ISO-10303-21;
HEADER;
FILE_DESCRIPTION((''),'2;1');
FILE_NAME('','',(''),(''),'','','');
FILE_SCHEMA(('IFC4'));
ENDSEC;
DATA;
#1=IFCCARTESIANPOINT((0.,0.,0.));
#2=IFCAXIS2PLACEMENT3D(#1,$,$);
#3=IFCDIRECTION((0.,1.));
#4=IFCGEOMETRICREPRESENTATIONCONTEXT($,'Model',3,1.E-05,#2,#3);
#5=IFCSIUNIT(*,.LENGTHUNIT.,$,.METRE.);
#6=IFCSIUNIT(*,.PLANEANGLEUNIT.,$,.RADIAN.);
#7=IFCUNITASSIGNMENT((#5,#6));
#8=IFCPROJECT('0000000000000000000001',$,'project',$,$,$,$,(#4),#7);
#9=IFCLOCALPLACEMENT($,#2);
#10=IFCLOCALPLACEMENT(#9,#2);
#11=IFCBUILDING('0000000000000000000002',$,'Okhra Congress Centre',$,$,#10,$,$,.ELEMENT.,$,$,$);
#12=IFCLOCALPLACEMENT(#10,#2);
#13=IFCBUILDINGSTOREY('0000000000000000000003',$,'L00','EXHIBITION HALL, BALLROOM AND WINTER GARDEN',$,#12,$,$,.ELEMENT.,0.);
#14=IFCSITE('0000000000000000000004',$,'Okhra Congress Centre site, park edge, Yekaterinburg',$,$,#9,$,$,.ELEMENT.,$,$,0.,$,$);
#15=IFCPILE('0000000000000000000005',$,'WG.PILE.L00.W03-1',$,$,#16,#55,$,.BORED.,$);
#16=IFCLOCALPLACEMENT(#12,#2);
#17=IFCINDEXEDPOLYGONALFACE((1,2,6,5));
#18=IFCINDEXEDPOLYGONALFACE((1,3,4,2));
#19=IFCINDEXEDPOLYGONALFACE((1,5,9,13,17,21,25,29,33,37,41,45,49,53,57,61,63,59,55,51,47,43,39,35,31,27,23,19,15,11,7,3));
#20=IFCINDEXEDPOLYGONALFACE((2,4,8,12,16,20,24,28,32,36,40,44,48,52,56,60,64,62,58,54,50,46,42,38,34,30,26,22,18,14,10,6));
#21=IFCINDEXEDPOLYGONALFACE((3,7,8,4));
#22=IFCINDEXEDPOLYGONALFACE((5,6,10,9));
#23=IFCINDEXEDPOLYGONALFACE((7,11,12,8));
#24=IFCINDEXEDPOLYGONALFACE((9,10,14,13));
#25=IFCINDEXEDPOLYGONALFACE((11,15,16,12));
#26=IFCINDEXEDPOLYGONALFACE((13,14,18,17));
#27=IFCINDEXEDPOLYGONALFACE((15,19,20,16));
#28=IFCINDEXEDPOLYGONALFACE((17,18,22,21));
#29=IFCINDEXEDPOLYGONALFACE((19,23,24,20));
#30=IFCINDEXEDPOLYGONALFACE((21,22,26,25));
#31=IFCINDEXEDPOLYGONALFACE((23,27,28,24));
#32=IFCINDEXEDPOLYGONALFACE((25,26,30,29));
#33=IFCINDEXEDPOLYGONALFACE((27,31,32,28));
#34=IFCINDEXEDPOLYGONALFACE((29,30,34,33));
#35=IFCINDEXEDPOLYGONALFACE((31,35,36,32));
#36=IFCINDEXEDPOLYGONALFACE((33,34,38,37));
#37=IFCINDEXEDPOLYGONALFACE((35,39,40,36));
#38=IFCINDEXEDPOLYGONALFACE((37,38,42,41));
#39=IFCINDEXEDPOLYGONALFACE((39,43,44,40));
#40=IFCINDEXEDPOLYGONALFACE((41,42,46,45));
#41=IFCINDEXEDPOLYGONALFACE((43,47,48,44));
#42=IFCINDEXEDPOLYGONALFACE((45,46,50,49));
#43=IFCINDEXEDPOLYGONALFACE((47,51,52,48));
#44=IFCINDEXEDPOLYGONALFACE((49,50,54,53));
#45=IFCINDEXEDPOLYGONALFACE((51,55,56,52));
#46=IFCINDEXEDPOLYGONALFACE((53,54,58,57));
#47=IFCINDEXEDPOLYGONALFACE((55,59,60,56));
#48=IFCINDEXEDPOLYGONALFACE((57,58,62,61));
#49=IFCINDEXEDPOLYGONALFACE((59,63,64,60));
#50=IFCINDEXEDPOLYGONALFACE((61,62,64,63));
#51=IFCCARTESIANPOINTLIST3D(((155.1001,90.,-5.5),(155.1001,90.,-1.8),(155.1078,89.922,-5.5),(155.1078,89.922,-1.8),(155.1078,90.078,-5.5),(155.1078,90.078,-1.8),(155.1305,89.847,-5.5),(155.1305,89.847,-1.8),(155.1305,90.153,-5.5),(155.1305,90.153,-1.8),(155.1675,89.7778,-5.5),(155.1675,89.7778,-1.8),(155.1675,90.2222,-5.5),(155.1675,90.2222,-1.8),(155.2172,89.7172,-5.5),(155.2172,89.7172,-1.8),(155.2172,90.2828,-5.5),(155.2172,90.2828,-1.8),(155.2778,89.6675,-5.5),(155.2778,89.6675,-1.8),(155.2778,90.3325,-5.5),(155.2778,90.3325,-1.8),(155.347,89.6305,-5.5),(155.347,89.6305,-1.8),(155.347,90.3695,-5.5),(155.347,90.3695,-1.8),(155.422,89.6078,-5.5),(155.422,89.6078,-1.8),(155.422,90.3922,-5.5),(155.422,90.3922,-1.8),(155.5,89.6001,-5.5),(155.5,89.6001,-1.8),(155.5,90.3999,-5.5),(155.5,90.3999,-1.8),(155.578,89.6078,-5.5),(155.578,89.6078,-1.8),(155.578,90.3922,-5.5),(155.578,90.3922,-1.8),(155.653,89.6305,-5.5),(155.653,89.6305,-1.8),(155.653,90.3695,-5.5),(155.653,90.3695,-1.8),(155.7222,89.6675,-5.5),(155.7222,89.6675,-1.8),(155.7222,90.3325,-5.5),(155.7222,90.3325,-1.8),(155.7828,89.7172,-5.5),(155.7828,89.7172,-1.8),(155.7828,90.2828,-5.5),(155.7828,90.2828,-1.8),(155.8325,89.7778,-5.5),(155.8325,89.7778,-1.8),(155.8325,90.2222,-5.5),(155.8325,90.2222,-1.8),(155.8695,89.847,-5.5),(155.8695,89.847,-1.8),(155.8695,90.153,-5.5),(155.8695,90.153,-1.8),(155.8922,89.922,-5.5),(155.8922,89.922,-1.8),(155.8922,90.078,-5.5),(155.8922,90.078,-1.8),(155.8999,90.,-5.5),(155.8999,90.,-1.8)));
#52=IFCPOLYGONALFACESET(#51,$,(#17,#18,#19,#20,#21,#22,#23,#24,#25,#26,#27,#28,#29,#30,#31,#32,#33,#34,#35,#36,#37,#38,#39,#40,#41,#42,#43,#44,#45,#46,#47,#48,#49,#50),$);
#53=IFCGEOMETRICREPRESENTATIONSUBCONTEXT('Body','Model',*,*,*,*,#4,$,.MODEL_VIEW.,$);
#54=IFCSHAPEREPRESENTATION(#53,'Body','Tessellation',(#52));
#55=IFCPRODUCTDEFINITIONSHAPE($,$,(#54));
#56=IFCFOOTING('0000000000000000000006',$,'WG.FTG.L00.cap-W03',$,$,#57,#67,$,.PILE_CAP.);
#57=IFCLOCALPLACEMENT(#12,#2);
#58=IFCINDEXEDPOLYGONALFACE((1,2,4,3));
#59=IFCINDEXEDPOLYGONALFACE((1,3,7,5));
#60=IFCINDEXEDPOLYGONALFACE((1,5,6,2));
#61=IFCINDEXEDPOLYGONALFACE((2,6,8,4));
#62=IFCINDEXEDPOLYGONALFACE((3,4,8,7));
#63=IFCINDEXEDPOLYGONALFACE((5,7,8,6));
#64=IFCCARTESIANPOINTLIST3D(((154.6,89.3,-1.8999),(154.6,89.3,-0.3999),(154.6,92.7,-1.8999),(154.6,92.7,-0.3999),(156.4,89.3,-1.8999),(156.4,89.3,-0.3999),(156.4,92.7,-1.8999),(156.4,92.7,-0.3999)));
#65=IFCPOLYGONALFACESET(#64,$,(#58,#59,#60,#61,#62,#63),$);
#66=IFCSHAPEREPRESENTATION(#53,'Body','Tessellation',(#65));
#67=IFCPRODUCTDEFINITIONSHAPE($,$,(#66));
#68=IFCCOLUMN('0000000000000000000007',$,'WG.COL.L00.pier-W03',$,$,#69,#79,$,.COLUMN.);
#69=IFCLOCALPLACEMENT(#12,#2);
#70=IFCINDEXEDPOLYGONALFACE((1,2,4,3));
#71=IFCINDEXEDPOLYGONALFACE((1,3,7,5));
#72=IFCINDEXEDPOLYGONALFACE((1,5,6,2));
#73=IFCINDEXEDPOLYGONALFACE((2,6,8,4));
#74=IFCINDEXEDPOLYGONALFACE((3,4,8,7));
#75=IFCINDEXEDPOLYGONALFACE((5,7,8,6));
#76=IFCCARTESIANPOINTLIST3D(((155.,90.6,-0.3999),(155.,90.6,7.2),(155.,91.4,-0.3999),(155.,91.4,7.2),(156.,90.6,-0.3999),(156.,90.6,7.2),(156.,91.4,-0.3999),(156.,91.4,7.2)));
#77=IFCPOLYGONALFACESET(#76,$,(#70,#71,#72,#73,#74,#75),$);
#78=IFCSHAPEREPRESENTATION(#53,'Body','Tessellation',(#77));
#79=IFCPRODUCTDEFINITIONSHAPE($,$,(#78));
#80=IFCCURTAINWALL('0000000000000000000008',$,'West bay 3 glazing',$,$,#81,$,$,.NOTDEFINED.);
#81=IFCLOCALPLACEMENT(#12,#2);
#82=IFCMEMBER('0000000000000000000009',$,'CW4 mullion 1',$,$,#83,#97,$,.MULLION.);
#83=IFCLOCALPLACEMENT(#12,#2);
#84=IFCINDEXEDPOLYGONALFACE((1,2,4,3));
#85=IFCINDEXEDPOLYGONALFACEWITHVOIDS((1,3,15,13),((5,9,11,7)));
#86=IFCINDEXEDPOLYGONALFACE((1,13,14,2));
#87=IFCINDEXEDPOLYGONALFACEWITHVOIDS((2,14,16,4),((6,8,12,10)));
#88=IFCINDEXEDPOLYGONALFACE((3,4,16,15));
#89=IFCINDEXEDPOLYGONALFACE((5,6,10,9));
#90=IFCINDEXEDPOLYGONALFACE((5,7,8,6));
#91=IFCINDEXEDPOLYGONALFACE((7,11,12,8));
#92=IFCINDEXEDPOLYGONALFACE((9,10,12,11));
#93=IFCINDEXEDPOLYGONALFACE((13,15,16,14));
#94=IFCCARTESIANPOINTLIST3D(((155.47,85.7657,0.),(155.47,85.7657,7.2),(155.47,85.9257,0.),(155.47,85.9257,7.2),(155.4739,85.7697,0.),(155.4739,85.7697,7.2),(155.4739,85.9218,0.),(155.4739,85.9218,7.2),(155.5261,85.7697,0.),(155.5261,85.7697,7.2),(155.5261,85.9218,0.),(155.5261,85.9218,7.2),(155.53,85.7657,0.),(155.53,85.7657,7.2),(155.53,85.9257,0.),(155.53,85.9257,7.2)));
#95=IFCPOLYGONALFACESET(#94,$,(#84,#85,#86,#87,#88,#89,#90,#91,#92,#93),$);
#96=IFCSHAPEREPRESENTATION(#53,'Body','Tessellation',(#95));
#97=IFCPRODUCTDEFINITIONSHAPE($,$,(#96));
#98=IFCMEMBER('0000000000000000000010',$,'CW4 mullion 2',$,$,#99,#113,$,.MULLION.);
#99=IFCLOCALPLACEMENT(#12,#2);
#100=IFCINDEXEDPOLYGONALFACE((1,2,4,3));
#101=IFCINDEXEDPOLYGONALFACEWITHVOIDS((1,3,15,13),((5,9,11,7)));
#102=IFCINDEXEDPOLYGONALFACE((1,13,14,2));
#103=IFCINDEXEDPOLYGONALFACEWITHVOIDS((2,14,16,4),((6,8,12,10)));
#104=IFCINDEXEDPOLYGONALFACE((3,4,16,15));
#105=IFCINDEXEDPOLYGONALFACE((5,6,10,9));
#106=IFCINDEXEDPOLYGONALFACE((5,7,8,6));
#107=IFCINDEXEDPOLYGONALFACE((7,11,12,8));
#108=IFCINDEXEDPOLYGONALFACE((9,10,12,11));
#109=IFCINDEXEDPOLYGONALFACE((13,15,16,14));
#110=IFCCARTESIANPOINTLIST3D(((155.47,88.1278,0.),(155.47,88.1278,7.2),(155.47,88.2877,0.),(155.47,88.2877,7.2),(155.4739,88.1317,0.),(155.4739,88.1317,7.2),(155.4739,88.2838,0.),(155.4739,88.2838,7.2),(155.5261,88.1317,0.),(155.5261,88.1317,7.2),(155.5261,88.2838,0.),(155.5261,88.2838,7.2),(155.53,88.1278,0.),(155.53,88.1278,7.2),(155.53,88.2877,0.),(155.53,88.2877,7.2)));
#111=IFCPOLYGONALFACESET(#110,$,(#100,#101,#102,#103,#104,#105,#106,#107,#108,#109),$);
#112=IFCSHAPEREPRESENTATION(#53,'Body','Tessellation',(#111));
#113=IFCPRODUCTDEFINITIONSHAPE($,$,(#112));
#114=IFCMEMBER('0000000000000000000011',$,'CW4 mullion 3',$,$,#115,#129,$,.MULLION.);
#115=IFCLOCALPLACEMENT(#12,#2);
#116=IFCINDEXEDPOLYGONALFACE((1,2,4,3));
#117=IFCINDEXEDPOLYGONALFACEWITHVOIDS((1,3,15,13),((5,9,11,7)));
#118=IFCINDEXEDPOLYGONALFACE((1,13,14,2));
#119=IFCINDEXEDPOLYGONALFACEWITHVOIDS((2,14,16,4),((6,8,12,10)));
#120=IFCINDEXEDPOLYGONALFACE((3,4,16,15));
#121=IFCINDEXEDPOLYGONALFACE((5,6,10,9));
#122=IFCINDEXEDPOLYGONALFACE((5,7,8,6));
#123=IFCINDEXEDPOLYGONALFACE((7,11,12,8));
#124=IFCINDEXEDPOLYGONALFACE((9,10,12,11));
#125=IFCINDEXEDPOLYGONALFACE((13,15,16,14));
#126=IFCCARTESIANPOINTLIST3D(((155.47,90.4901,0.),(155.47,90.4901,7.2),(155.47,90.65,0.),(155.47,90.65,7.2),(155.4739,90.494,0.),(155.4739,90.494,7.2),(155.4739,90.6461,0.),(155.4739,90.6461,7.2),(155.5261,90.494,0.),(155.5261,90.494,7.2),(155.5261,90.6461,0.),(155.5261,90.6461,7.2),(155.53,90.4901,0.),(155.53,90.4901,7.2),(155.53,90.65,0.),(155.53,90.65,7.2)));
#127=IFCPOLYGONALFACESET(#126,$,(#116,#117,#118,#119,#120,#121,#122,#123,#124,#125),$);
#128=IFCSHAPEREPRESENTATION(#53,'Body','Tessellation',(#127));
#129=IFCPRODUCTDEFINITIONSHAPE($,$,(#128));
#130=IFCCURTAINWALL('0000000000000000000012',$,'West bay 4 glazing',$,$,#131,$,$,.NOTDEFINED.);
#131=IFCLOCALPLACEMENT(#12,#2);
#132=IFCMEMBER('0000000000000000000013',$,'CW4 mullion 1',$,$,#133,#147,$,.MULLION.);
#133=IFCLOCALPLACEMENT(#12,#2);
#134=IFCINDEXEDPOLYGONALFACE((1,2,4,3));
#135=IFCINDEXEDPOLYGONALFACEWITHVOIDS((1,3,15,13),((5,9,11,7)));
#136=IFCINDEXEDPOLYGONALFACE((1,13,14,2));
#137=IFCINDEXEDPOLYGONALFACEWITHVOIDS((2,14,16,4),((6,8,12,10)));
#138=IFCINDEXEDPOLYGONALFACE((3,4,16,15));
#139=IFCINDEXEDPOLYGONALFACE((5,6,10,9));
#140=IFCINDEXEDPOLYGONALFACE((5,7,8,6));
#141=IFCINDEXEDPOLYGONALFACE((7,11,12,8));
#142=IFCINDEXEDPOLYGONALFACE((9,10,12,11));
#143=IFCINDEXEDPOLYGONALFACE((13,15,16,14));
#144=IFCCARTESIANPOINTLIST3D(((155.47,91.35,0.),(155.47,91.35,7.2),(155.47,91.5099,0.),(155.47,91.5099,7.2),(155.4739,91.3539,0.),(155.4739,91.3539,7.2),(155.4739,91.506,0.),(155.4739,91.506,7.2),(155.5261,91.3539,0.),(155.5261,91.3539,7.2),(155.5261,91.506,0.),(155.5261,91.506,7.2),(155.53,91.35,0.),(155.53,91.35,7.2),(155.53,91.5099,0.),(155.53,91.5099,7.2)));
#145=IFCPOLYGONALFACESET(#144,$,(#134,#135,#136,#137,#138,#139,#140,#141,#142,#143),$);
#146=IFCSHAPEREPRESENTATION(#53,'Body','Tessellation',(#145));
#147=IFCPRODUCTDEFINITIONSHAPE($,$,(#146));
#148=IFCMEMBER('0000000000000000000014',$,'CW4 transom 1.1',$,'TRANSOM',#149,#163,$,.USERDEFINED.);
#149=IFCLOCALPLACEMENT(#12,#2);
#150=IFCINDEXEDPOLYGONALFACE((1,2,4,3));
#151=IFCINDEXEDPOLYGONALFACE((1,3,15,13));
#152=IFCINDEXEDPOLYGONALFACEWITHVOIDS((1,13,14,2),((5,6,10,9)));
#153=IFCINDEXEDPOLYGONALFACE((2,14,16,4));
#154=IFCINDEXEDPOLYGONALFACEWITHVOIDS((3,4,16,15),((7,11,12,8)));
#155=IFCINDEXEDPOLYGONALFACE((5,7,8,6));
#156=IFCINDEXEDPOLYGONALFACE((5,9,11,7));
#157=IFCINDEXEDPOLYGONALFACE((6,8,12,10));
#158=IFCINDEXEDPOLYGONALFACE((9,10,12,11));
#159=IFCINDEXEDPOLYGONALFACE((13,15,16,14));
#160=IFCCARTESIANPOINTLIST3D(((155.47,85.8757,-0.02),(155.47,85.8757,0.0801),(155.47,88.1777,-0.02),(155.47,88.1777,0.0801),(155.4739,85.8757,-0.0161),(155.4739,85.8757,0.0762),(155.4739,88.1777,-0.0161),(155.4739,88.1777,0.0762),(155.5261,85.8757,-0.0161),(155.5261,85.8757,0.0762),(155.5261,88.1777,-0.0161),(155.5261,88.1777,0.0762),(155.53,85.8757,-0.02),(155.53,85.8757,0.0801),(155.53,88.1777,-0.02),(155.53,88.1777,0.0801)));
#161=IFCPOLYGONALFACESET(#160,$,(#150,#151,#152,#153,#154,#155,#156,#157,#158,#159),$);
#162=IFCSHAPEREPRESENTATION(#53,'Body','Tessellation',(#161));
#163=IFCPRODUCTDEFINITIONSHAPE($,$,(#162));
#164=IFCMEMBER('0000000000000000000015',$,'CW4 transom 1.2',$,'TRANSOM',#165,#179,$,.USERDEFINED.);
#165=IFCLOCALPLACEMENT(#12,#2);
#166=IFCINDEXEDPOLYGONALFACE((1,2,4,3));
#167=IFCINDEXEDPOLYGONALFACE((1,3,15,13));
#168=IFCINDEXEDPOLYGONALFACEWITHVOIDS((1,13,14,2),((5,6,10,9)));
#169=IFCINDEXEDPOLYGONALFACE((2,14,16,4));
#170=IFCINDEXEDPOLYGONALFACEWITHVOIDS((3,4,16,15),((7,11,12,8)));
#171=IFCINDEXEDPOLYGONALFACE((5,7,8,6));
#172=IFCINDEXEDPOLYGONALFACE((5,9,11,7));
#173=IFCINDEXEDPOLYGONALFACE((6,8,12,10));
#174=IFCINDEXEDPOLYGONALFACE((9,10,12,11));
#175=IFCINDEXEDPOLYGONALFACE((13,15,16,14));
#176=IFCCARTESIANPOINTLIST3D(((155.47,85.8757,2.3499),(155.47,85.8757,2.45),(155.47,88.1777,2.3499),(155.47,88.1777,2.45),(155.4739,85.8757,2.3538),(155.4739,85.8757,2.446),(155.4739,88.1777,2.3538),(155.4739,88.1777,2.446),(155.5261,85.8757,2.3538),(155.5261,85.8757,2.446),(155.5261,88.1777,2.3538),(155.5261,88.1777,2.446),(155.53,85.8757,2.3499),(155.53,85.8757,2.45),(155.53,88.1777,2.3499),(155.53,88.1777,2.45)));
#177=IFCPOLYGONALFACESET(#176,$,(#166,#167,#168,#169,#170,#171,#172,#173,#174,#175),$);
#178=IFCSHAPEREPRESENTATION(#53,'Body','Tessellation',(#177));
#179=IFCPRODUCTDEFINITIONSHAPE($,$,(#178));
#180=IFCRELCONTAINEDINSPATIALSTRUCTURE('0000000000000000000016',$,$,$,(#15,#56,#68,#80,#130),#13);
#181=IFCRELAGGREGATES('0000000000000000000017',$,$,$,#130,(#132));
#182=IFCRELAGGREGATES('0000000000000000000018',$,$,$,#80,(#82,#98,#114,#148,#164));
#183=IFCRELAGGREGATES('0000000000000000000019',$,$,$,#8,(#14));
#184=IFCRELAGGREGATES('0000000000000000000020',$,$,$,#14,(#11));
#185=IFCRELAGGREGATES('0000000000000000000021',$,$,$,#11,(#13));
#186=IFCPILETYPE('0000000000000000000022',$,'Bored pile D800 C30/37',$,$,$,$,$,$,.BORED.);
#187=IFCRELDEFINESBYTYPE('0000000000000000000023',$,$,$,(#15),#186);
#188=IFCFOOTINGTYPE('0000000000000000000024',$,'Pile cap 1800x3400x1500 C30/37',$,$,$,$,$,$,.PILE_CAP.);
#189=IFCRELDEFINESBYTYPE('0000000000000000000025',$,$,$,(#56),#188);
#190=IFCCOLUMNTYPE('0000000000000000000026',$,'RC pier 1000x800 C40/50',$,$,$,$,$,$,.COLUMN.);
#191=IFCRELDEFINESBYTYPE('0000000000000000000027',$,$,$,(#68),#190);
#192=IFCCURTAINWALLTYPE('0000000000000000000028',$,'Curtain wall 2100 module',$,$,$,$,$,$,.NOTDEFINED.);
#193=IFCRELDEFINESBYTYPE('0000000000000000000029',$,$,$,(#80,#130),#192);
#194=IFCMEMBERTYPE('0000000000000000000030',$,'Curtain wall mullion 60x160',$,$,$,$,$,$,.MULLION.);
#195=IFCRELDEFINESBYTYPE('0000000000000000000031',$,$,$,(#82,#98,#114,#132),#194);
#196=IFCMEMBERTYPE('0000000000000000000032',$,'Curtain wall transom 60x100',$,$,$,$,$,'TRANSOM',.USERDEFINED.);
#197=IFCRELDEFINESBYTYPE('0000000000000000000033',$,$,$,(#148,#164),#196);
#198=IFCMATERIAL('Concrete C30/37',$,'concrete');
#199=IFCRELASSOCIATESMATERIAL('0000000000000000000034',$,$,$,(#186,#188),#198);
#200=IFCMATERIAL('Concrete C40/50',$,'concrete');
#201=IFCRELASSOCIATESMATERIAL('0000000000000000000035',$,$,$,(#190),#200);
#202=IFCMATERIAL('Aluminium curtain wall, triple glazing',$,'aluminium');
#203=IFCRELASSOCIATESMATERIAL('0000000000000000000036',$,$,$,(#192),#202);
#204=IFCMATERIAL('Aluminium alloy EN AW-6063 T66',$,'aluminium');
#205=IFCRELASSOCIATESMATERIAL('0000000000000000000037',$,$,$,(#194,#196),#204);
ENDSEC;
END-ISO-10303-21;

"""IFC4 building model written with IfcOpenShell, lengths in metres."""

from ifc_helpers import new_model, si_unit, direction, frame, origin, origin_2d, place, context, subcontext, project, spatial, rectangle, hollow_rectangle, circle, extrude, material, material_profile, profile_set, type_object, element, aggregate, save


model = new_model("IFC4")

# Units and contexts
model_context = context("Model", 3, precision=1e-05, world=origin(), true_north=direction((0.0, 1.0)))
body_context = subcontext(model_context, "Body", "Model", "MODEL_VIEW")
ifc_project = project(units=[si_unit("LENGTHUNIT", "METRE"), si_unit("PLANEANGLEUNIT", "RADIAN")], contexts=[model_context])

# Site, building, storey
site_placement = place(None, origin())
site = spatial("IfcSite", under=ifc_project, at=site_placement, Name="Okhra Congress Centre site, park edge, Yekaterinburg", CompositionType="ELEMENT", RefElevation=0.0)
building_placement = place(site_placement, origin())
building = spatial("IfcBuilding", under=site, at=building_placement, Name="Okhra Congress Centre", CompositionType="ELEMENT")
storey_placement = place(building_placement, origin())
storey = spatial("IfcBuildingStorey", under=building, at=storey_placement, Name="L00", Description="EXHIBITION HALL, BALLROOM AND WINTER GARDEN", CompositionType="ELEMENT", Elevation=0.0)

# Pile
ifc_material_1 = material(Name="Concrete C30/37", Category="concrete")
ifc_material_profile_1 = material_profile(ifc_material_1, circle(Radius=0.3999, at=origin_2d()), Name="D800")
ifc_profile_set_1 = profile_set([ifc_material_profile_1], Name="Concrete C30/37")
pile_type = type_object("IfcPileType", Name="Bored pile D800 C30/37", PredefinedType="BORED", material=ifc_profile_set_1)
pile_placement = place(storey_placement, frame((155.5, 90.0, -1.8), z_axis=(0.0, 0.0, -1.0), x_axis=(1.0, 0.0, 0.0)))
element("IfcPile", 1, at=pile_placement, inside=storey, type_object=pile_type, Name="WG.PILE.L00.W03-1", PredefinedType="BORED", context=body_context, shape_type="SweptSolid", body=[
    extrude(circle(Radius=0.3999, at=origin_2d()), origin(), (0.0, 0.0, 1.0), 3.7),
])

# Footing
footing_type = type_object("IfcFootingType", Name="Pile cap 1800x3400x1500 C30/37", PredefinedType="PILE_CAP", material=ifc_material_1)
footing_placement = place(storey_placement, frame((155.5, 91.0, -1.8999), z_axis=(0.0, 0.0, 1.0), x_axis=(1.0, 0.0, 0.0)))
element("IfcFooting", 2, at=footing_placement, inside=storey, type_object=footing_type, Name="WG.FTG.L00.cap-W03", PredefinedType="PILE_CAP", context=body_context, shape_type="SweptSolid", body=[
    extrude(rectangle(XDim=1.8, YDim=3.3999, at=origin_2d()), origin(), (0.0, 0.0, 1.0), 1.5),
])

# Column
ifc_material_2 = material(Name="Concrete C40/50", Category="concrete")
ifc_material_profile_2 = material_profile(ifc_material_2, rectangle(XDim=1.0, YDim=0.8, at=origin_2d()), Name="RC 1000x800")
ifc_profile_set_2 = profile_set([ifc_material_profile_2], Name="Concrete C40/50")
column_type = type_object("IfcColumnType", Name="RC pier 1000x800 C40/50", PredefinedType="COLUMN", material=ifc_profile_set_2)
column_placement = place(storey_placement, frame((155.5, 91.0, -0.3999), z_axis=(0.0, 0.0, 1.0), x_axis=(1.0, 0.0, 0.0)))
element("IfcColumn", 3, at=column_placement, inside=storey, type_object=column_type, Name="WG.COL.L00.pier-W03", PredefinedType="COLUMN", context=body_context, shape_type="SweptSolid", body=[
    extrude(rectangle(XDim=1.0, YDim=0.8, at=origin_2d()), origin(), (0.0, 0.0, 1.0), 7.5999),
])

# Curtain wall, members
ifc_material_3 = material(Name="Aluminium curtain wall, triple glazing", Category="aluminium")
curtain_wall_type = type_object("IfcCurtainWallType", Name="Curtain wall 2100 module", PredefinedType="NOTDEFINED", material=ifc_material_3)
curtain_wall_1_placement = place(storey_placement, origin())
curtain_wall_1 = element("IfcCurtainWall", 4, at=curtain_wall_1_placement, inside=storey, type_object=curtain_wall_type, Name="West bay 3 glazing", PredefinedType="NOTDEFINED")
ifc_material_4 = material(Name="Aluminium alloy EN AW-6063 T66", Category="aluminium")
ifc_material_profile_3 = material_profile(ifc_material_4, hollow_rectangle(XDim=0.0601, YDim=0.1599, WallThickness=0.0039, at=origin_2d()), Name="RHS 60x160x4")
ifc_profile_set_3 = profile_set([ifc_material_profile_3], Name="Aluminium alloy EN AW-6063 T66")
member_type_1 = type_object("IfcMemberType", Name="Curtain wall mullion 60x160", PredefinedType="MULLION", material=ifc_profile_set_3)
member_1_placement = place(storey_placement, frame((155.5, 85.8457, 0.0), z_axis=(0.0, 0.0, 1.0), x_axis=(-1.0, 0.0, 0.0)))
member_1 = element("IfcMember", 5, at=member_1_placement, type_object=member_type_1, Name="CW4 mullion 1", PredefinedType="MULLION", context=body_context, shape_type="SweptSolid", body=[
    extrude(hollow_rectangle(XDim=0.0601, YDim=0.1599, WallThickness=0.0039, at=origin_2d()), origin(), (0.0, 0.0, 1.0), 7.2),
])
member_2_placement = place(storey_placement, frame((155.5, 88.2078, 0.0), z_axis=(0.0, 0.0, 1.0), x_axis=(-1.0, 0.0, 0.0)))
member_2 = element("IfcMember", 6, at=member_2_placement, type_object=member_type_1, Name="CW4 mullion 2", PredefinedType="MULLION", context=body_context, shape_type="SweptSolid", body=[
    extrude(hollow_rectangle(XDim=0.0601, YDim=0.1599, WallThickness=0.0039, at=origin_2d()), origin(), (0.0, 0.0, 1.0), 7.2),
])
member_3_placement = place(storey_placement, frame((155.5, 90.5701, 0.0), z_axis=(0.0, 0.0, 1.0), x_axis=(-1.0, 0.0, 0.0)))
member_3 = element("IfcMember", 7, at=member_3_placement, type_object=member_type_1, Name="CW4 mullion 3", PredefinedType="MULLION", context=body_context, shape_type="SweptSolid", body=[
    extrude(hollow_rectangle(XDim=0.0601, YDim=0.1599, WallThickness=0.0039, at=origin_2d()), origin(), (0.0, 0.0, 1.0), 7.2),
])

# Curtain wall, member
curtain_wall_2_placement = place(storey_placement, origin())
curtain_wall_2 = element("IfcCurtainWall", 8, at=curtain_wall_2_placement, inside=storey, type_object=curtain_wall_type, Name="West bay 4 glazing", PredefinedType="NOTDEFINED")
member_4_placement = place(storey_placement, frame((155.5, 91.4299, 0.0), z_axis=(0.0, 0.0, 1.0), x_axis=(-1.0, 0.0, 0.0)))
member_4 = element("IfcMember", 9, at=member_4_placement, type_object=member_type_1, Name="CW4 mullion 1", PredefinedType="MULLION", context=body_context, shape_type="SweptSolid", body=[
    extrude(hollow_rectangle(XDim=0.0601, YDim=0.1599, WallThickness=0.0039, at=origin_2d()), origin(), (0.0, 0.0, 1.0), 7.2),
])

# Members
ifc_material_profile_4 = material_profile(ifc_material_4, hollow_rectangle(XDim=0.0601, YDim=0.1001, WallThickness=0.0039, at=origin_2d()), Name="RHS 60x100x4")
ifc_profile_set_4 = profile_set([ifc_material_profile_4], Name="Aluminium alloy EN AW-6063 T66")
member_type_2 = type_object("IfcMemberType", Name="Curtain wall transom 60x100", ElementType="TRANSOM", PredefinedType="USERDEFINED", material=ifc_profile_set_4)
member_5_placement = place(storey_placement, frame((155.5, 85.8757, 0.03), z_axis=(0.0, 1.0, 0.0), x_axis=(-1.0, 0.0, 0.0)))
member_5 = element("IfcMember", 10, at=member_5_placement, type_object=member_type_2, Name="CW4 transom 1.1", ObjectType="TRANSOM", PredefinedType="USERDEFINED", context=body_context, shape_type="SweptSolid", body=[
    extrude(hollow_rectangle(XDim=0.0601, YDim=0.1001, WallThickness=0.0039, at=origin_2d()), origin(), (0.0, 0.0, 1.0), 2.302),
])
member_6_placement = place(storey_placement, frame((155.5, 85.8757, 2.3999), z_axis=(0.0, 1.0, 0.0), x_axis=(-1.0, 0.0, 0.0)))
member_6 = element("IfcMember", 11, at=member_6_placement, type_object=member_type_2, Name="CW4 transom 1.2", ObjectType="TRANSOM", PredefinedType="USERDEFINED", context=body_context, shape_type="SweptSolid", body=[
    extrude(hollow_rectangle(XDim=0.0601, YDim=0.1001, WallThickness=0.0039, at=origin_2d()), origin(), (0.0, 0.0, 1.0), 2.302),
])
aggregate(curtain_wall_2, [member_4])

aggregate(curtain_wall_1, [member_1, member_2, member_3, member_5, member_6])

save(model, "model.ifc")
